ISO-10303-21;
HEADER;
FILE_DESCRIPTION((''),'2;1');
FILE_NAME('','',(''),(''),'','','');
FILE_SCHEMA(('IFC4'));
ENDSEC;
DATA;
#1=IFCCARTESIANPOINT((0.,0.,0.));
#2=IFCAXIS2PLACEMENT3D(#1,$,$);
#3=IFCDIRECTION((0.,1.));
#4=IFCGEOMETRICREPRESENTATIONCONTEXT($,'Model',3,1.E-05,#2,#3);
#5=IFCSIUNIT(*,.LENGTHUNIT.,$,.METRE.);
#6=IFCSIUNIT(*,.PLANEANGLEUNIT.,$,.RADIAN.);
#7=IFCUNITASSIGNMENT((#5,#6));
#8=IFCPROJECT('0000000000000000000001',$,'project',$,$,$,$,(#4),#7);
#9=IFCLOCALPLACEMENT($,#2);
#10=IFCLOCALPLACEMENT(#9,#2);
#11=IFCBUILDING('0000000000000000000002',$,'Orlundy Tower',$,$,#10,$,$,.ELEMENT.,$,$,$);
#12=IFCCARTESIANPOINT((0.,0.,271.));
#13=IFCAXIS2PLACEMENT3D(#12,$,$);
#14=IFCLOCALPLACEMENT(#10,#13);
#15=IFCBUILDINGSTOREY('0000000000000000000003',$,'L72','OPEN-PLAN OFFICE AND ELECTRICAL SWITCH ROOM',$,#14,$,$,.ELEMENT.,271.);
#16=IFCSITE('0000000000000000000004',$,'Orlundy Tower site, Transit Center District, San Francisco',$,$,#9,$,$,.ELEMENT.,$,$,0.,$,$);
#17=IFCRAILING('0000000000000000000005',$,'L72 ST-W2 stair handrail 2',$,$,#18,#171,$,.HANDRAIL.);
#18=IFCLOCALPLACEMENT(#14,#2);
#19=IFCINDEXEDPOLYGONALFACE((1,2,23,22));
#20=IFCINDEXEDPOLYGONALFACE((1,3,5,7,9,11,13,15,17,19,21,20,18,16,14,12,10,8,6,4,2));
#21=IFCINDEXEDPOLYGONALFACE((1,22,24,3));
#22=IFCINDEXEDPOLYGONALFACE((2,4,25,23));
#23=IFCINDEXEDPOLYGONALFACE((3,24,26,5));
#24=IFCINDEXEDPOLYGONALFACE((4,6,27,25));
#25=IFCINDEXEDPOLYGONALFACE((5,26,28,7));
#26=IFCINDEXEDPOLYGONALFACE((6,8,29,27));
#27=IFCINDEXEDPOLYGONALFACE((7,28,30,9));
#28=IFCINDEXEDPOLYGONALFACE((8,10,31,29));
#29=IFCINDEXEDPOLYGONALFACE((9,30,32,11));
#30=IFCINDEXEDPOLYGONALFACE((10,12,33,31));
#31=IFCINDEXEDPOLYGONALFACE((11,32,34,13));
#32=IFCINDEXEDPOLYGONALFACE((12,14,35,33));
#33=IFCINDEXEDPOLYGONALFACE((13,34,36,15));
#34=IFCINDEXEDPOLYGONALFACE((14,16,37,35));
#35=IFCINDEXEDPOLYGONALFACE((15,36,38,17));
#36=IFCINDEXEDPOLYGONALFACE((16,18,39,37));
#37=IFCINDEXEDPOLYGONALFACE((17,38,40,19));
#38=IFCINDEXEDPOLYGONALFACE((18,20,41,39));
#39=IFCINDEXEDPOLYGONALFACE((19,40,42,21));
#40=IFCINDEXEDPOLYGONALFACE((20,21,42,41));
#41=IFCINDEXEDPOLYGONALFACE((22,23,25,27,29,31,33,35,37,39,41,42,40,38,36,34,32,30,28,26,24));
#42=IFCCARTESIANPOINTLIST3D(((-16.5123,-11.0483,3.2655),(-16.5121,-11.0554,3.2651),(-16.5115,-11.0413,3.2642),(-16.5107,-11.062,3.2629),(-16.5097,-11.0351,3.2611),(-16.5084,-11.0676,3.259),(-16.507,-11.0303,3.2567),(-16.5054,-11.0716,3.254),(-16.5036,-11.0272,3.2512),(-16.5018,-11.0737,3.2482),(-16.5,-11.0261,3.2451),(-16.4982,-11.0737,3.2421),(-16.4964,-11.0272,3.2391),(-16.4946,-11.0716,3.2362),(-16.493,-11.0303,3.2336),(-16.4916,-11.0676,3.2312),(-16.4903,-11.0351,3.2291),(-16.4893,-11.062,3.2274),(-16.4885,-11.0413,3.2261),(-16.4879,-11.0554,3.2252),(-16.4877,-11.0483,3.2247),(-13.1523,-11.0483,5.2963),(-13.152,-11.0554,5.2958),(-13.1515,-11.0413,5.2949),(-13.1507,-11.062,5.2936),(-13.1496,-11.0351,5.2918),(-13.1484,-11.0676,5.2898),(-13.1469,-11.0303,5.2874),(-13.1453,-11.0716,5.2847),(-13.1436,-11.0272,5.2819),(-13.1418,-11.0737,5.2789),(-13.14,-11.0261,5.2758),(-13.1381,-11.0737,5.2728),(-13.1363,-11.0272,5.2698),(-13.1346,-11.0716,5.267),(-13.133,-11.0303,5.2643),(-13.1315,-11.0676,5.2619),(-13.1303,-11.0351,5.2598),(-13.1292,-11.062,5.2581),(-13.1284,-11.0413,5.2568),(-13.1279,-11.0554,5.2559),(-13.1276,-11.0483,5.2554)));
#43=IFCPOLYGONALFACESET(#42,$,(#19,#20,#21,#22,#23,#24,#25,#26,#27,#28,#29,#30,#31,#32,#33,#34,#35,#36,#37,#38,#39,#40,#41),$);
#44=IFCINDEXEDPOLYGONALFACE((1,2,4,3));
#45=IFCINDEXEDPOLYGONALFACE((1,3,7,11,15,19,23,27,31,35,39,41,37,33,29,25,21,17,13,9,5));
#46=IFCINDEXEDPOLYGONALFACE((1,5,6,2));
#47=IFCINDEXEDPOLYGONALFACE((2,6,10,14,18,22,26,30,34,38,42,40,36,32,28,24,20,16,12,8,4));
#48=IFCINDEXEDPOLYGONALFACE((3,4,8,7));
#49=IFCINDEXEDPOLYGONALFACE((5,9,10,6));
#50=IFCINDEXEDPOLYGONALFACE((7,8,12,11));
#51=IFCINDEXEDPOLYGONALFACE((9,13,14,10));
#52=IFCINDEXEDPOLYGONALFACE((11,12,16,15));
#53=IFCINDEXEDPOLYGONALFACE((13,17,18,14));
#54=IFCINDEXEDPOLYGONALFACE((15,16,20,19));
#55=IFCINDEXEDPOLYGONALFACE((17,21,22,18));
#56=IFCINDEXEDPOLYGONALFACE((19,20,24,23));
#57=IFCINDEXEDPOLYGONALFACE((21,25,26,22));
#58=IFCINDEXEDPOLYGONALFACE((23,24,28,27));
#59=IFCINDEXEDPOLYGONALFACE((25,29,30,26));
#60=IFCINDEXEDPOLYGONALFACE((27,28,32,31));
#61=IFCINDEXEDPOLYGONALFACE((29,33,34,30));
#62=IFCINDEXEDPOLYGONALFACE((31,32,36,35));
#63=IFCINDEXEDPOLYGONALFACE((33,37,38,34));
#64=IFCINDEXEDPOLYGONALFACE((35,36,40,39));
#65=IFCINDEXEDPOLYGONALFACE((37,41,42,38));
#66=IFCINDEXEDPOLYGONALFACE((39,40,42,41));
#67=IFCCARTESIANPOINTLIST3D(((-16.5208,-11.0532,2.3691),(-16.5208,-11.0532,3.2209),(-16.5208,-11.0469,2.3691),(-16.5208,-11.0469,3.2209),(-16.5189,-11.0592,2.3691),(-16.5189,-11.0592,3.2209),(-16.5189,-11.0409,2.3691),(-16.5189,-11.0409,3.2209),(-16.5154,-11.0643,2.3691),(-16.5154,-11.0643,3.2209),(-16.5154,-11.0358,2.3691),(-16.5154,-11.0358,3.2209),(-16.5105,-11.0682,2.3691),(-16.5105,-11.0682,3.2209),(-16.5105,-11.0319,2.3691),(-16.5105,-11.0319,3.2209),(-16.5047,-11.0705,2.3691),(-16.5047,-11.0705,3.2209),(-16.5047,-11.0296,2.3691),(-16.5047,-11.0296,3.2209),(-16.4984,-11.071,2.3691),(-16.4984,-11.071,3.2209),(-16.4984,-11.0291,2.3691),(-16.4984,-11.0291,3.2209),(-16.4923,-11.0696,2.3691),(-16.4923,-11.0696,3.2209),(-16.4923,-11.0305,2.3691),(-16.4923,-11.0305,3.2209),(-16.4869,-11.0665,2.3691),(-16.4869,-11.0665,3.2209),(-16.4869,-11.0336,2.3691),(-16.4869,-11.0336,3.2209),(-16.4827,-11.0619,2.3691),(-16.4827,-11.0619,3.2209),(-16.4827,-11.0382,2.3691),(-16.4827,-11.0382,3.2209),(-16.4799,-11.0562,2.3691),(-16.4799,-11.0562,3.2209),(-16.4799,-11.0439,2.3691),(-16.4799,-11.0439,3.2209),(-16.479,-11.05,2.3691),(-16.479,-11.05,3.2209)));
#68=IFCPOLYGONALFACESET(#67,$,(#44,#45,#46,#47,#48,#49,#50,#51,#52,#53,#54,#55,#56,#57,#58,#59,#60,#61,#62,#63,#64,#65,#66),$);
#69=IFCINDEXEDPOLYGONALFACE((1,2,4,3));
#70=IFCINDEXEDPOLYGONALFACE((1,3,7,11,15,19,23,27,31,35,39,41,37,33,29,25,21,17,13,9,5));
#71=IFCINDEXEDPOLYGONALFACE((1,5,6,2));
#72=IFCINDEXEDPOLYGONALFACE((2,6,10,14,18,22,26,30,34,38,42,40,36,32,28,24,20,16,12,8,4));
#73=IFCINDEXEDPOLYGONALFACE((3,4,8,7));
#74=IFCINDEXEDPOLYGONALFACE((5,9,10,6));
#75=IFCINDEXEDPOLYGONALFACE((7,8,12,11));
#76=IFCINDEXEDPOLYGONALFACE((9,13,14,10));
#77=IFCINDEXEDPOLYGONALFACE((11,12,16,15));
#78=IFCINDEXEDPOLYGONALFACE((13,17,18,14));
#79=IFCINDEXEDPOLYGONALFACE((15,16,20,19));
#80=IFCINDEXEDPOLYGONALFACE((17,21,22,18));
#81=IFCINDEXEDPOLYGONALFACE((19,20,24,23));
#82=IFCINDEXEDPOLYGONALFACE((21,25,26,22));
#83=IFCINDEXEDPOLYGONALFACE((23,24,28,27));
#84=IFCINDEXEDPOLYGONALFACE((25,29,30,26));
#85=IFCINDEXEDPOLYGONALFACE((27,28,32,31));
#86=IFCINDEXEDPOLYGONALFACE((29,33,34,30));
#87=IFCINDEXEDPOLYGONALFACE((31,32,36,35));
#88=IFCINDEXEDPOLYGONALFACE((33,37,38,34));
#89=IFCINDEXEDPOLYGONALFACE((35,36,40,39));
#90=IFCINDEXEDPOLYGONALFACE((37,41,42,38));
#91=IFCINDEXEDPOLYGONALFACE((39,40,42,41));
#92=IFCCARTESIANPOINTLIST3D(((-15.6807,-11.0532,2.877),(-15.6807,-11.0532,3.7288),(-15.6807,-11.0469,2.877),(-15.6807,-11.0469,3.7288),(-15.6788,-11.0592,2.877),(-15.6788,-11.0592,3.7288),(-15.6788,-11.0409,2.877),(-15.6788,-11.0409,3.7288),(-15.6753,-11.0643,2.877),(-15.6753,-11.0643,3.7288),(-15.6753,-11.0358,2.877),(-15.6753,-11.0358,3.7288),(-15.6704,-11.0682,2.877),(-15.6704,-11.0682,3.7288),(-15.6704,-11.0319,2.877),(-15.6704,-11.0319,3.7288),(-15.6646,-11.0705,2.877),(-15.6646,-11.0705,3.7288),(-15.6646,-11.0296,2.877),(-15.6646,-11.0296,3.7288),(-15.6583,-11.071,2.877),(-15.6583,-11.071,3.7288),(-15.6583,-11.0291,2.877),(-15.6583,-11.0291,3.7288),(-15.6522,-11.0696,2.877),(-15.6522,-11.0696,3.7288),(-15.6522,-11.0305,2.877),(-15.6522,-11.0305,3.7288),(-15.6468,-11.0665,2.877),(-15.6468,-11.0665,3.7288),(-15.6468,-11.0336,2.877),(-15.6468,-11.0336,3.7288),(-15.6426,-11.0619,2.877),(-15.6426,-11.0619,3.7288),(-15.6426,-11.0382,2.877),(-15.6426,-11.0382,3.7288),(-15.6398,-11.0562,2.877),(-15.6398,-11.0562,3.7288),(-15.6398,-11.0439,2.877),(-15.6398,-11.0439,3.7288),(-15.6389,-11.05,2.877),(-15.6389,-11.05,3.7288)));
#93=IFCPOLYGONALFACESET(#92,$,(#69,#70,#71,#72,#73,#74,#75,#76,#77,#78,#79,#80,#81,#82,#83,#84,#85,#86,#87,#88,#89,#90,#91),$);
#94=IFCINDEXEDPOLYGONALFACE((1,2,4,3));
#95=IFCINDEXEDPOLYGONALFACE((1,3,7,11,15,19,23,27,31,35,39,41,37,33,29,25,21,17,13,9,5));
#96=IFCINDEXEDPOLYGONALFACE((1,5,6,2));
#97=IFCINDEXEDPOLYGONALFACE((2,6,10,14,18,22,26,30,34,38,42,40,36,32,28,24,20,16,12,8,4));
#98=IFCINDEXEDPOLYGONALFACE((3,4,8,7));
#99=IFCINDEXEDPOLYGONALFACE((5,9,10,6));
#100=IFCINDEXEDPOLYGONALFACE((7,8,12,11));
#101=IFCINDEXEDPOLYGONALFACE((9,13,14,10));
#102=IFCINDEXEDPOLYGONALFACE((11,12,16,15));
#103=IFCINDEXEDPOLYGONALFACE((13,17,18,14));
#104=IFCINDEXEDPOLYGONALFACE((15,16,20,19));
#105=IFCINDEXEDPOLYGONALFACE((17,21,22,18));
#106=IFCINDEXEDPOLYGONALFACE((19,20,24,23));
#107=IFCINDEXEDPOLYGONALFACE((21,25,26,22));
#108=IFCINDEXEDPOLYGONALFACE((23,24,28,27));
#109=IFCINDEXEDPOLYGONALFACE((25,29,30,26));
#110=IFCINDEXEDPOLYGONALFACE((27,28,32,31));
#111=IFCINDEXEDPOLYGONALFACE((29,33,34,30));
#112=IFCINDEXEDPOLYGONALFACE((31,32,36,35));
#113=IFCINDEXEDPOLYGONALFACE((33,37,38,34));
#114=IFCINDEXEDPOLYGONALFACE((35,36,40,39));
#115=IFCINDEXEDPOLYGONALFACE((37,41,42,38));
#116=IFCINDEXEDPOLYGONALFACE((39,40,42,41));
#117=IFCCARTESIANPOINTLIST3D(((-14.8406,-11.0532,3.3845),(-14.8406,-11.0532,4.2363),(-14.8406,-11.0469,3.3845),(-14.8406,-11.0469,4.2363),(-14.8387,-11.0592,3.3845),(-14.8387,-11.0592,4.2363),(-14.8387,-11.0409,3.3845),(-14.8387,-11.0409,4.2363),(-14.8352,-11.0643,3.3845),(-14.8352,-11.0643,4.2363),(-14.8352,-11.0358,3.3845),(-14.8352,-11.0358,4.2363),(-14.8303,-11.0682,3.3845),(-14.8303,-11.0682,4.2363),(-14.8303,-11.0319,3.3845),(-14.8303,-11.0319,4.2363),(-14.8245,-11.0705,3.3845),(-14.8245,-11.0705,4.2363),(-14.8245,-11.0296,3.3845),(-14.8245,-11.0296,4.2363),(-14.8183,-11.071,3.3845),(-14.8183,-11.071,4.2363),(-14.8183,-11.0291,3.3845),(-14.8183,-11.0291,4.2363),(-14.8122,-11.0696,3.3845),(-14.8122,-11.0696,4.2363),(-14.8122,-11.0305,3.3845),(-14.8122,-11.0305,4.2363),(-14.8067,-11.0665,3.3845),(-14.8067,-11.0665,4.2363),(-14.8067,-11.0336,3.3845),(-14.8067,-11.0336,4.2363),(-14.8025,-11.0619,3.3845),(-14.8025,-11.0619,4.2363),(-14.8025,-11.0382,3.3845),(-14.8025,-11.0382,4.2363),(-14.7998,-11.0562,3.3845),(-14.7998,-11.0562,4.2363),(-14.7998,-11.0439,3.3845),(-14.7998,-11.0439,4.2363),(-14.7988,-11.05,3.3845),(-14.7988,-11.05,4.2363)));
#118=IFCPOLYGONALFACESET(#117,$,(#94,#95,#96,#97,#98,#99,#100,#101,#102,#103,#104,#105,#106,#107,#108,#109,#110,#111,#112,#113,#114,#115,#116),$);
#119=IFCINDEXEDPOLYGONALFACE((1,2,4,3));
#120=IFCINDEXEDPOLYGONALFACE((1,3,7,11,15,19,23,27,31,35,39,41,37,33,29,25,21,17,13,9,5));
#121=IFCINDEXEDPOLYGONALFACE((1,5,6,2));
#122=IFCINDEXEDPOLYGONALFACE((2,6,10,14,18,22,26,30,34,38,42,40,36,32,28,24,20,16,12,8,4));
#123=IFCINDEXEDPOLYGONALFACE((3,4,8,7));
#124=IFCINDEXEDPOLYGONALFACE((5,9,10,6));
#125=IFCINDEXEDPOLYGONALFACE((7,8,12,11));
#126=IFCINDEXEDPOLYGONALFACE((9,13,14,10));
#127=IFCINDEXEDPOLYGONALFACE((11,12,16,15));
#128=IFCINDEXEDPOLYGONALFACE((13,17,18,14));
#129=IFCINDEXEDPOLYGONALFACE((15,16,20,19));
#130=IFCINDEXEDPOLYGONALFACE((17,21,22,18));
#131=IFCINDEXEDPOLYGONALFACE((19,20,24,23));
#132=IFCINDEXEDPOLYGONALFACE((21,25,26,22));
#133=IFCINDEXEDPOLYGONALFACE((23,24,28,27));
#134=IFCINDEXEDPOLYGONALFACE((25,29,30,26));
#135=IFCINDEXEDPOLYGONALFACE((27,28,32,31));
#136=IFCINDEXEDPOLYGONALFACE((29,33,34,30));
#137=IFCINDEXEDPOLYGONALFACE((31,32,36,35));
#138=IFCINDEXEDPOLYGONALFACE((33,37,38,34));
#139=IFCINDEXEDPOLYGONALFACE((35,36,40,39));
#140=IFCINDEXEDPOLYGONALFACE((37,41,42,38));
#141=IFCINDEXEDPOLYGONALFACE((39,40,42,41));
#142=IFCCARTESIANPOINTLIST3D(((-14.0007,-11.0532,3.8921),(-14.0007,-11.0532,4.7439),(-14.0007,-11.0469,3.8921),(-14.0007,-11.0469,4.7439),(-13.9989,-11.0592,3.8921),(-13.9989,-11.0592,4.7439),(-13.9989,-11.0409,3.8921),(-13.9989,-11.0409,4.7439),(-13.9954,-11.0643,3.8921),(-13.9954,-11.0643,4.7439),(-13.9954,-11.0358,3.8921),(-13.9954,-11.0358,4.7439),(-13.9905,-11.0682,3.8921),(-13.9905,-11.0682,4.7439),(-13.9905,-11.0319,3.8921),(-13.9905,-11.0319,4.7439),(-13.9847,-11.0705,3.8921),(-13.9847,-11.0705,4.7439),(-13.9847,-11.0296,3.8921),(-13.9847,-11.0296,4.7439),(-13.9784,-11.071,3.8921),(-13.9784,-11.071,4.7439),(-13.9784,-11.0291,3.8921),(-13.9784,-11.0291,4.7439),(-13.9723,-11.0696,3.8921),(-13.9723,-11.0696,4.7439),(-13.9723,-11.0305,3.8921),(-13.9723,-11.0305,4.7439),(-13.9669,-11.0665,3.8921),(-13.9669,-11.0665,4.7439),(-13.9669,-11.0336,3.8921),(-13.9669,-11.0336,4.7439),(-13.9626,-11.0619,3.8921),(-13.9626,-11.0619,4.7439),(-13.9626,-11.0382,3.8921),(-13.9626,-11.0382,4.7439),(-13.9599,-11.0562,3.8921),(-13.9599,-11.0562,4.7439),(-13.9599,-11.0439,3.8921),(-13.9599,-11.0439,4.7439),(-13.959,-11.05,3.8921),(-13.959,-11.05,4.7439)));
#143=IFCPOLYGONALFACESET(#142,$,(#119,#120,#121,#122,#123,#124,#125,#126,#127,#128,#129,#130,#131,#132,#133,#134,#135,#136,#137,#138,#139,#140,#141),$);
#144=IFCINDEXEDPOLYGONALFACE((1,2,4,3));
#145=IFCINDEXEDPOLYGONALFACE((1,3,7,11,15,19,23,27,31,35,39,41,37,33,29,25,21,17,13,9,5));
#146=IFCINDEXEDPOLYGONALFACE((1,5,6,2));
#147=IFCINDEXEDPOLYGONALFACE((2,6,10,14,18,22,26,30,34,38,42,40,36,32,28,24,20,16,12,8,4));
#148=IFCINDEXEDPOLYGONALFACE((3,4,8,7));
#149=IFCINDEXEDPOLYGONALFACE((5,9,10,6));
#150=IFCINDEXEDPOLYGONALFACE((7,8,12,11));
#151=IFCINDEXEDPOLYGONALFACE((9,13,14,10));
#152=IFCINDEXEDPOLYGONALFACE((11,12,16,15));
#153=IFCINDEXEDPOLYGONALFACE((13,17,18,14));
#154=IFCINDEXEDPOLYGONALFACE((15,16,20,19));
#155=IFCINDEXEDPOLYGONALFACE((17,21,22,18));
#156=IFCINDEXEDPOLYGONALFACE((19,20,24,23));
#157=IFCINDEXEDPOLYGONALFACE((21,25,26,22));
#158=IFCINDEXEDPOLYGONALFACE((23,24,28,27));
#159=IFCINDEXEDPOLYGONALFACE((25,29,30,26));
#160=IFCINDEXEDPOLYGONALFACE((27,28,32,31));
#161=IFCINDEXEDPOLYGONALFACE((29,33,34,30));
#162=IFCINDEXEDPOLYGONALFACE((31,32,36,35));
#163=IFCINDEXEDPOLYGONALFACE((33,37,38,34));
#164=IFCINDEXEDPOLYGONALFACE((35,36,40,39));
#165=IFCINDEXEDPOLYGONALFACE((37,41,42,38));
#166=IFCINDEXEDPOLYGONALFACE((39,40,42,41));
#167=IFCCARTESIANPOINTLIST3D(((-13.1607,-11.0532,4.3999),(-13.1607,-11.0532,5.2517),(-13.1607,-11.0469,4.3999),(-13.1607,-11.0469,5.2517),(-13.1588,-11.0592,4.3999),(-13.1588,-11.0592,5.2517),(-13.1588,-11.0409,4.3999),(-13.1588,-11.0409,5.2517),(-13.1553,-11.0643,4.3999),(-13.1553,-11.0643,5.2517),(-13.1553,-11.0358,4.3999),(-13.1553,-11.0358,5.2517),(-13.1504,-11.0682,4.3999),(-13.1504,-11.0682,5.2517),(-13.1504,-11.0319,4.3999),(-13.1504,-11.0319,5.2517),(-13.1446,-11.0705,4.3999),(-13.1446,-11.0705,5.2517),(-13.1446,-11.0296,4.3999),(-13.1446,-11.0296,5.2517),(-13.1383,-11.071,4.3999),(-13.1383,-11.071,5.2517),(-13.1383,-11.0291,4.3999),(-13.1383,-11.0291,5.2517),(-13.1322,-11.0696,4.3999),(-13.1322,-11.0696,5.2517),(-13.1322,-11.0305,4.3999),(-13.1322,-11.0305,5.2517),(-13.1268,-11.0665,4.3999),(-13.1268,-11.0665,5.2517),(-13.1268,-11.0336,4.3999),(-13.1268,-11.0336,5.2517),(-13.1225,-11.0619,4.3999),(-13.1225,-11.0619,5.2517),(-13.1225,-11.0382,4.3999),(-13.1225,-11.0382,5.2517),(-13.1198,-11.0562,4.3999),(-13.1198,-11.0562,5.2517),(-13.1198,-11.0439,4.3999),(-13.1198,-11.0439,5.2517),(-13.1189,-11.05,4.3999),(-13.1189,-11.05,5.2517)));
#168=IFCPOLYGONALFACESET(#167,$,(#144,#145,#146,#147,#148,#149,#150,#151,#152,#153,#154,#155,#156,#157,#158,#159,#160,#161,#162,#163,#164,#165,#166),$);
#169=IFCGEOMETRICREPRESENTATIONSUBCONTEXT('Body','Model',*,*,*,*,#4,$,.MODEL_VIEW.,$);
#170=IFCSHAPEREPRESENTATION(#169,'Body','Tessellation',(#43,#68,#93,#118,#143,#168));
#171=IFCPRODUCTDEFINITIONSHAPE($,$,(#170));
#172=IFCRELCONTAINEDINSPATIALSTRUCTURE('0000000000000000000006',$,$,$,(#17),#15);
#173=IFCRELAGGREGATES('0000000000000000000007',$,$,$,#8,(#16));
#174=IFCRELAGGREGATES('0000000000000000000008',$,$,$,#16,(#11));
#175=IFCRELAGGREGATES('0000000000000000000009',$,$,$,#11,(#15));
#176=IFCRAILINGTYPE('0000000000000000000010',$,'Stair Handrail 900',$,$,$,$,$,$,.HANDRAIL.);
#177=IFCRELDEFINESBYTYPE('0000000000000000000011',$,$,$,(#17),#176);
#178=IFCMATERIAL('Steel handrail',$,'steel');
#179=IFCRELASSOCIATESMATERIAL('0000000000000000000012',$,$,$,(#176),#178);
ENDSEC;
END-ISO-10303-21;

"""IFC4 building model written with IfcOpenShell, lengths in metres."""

from ifc_helpers import new_model, si_unit, direction, frame, origin, origin_2d, place, context, subcontext, project, spatial, circle, extrude, material, type_object, element, save


model = new_model("IFC4")

# Units and contexts
model_context = context("Model", 3, precision=1e-05, world=origin(), true_north=direction((0.0, 1.0)))
body_context = subcontext(model_context, "Body", "Model", "MODEL_VIEW")
ifc_project = project(units=[si_unit("LENGTHUNIT", "METRE"), si_unit("PLANEANGLEUNIT", "RADIAN")], contexts=[model_context])

# Site, building, storey
site_placement = place(None, origin())
site = spatial("IfcSite", under=ifc_project, at=site_placement, Name="Orlundy Tower site, Transit Center District, San Francisco", CompositionType="ELEMENT", RefElevation=0.0)
building_placement = place(site_placement, origin())
building = spatial("IfcBuilding", under=site, at=building_placement, Name="Orlundy Tower", CompositionType="ELEMENT")
storey_placement = place(building_placement, frame((0.0, 0.0, 271.0)))
storey = spatial("IfcBuildingStorey", under=building, at=storey_placement, Name="L72", Description="OPEN-PLAN OFFICE AND ELECTRICAL SWITCH ROOM", CompositionType="ELEMENT", Elevation=271.0)

# Railing
ifc_material_1 = material(Name="Steel handrail", Category="steel")
railing_type = type_object("IfcRailingType", Name="Stair Handrail 900", PredefinedType="HANDRAIL", material=ifc_material_1)
railing_placement = place(storey_placement, frame((-16.5, -11.05, 2.3691)))
element("IfcRailing", 1, at=railing_placement, inside=storey, type_object=railing_type, Name="L72 ST-W2 stair handrail 2", PredefinedType="HANDRAIL", context=body_context, shape_type="SweptSolid", body=[
    extrude(circle(Radius=0.0239, at=origin_2d()), frame((0.0, 0.0, 0.876), z_axis=(0.855837, 0.0, 0.517246), x_axis=(0.0, 1.0, 0.0)), (0.0, 0.0, 1.0), 3.926),
    extrude(circle(Radius=0.021, at=origin_2d()), origin(), (0.0, 0.0, 1.0), 0.8518),
    extrude(circle(Radius=0.021, at=origin_2d()), frame((0.8401, 0.0, 0.5078)), (0.0, 0.0, 1.0), 0.8518),
    extrude(circle(Radius=0.021, at=origin_2d()), frame((1.6802, 0.0, 1.0154)), (0.0, 0.0, 1.0), 0.8518),
    extrude(circle(Radius=0.021, at=origin_2d()), frame((2.52, 0.0, 1.5229)), (0.0, 0.0, 1.0), 0.8518),
    extrude(circle(Radius=0.021, at=origin_2d()), frame((3.3601, 0.0, 2.0308)), (0.0, 0.0, 1.0), 0.8518),
])

save(model, "model.ifc")
